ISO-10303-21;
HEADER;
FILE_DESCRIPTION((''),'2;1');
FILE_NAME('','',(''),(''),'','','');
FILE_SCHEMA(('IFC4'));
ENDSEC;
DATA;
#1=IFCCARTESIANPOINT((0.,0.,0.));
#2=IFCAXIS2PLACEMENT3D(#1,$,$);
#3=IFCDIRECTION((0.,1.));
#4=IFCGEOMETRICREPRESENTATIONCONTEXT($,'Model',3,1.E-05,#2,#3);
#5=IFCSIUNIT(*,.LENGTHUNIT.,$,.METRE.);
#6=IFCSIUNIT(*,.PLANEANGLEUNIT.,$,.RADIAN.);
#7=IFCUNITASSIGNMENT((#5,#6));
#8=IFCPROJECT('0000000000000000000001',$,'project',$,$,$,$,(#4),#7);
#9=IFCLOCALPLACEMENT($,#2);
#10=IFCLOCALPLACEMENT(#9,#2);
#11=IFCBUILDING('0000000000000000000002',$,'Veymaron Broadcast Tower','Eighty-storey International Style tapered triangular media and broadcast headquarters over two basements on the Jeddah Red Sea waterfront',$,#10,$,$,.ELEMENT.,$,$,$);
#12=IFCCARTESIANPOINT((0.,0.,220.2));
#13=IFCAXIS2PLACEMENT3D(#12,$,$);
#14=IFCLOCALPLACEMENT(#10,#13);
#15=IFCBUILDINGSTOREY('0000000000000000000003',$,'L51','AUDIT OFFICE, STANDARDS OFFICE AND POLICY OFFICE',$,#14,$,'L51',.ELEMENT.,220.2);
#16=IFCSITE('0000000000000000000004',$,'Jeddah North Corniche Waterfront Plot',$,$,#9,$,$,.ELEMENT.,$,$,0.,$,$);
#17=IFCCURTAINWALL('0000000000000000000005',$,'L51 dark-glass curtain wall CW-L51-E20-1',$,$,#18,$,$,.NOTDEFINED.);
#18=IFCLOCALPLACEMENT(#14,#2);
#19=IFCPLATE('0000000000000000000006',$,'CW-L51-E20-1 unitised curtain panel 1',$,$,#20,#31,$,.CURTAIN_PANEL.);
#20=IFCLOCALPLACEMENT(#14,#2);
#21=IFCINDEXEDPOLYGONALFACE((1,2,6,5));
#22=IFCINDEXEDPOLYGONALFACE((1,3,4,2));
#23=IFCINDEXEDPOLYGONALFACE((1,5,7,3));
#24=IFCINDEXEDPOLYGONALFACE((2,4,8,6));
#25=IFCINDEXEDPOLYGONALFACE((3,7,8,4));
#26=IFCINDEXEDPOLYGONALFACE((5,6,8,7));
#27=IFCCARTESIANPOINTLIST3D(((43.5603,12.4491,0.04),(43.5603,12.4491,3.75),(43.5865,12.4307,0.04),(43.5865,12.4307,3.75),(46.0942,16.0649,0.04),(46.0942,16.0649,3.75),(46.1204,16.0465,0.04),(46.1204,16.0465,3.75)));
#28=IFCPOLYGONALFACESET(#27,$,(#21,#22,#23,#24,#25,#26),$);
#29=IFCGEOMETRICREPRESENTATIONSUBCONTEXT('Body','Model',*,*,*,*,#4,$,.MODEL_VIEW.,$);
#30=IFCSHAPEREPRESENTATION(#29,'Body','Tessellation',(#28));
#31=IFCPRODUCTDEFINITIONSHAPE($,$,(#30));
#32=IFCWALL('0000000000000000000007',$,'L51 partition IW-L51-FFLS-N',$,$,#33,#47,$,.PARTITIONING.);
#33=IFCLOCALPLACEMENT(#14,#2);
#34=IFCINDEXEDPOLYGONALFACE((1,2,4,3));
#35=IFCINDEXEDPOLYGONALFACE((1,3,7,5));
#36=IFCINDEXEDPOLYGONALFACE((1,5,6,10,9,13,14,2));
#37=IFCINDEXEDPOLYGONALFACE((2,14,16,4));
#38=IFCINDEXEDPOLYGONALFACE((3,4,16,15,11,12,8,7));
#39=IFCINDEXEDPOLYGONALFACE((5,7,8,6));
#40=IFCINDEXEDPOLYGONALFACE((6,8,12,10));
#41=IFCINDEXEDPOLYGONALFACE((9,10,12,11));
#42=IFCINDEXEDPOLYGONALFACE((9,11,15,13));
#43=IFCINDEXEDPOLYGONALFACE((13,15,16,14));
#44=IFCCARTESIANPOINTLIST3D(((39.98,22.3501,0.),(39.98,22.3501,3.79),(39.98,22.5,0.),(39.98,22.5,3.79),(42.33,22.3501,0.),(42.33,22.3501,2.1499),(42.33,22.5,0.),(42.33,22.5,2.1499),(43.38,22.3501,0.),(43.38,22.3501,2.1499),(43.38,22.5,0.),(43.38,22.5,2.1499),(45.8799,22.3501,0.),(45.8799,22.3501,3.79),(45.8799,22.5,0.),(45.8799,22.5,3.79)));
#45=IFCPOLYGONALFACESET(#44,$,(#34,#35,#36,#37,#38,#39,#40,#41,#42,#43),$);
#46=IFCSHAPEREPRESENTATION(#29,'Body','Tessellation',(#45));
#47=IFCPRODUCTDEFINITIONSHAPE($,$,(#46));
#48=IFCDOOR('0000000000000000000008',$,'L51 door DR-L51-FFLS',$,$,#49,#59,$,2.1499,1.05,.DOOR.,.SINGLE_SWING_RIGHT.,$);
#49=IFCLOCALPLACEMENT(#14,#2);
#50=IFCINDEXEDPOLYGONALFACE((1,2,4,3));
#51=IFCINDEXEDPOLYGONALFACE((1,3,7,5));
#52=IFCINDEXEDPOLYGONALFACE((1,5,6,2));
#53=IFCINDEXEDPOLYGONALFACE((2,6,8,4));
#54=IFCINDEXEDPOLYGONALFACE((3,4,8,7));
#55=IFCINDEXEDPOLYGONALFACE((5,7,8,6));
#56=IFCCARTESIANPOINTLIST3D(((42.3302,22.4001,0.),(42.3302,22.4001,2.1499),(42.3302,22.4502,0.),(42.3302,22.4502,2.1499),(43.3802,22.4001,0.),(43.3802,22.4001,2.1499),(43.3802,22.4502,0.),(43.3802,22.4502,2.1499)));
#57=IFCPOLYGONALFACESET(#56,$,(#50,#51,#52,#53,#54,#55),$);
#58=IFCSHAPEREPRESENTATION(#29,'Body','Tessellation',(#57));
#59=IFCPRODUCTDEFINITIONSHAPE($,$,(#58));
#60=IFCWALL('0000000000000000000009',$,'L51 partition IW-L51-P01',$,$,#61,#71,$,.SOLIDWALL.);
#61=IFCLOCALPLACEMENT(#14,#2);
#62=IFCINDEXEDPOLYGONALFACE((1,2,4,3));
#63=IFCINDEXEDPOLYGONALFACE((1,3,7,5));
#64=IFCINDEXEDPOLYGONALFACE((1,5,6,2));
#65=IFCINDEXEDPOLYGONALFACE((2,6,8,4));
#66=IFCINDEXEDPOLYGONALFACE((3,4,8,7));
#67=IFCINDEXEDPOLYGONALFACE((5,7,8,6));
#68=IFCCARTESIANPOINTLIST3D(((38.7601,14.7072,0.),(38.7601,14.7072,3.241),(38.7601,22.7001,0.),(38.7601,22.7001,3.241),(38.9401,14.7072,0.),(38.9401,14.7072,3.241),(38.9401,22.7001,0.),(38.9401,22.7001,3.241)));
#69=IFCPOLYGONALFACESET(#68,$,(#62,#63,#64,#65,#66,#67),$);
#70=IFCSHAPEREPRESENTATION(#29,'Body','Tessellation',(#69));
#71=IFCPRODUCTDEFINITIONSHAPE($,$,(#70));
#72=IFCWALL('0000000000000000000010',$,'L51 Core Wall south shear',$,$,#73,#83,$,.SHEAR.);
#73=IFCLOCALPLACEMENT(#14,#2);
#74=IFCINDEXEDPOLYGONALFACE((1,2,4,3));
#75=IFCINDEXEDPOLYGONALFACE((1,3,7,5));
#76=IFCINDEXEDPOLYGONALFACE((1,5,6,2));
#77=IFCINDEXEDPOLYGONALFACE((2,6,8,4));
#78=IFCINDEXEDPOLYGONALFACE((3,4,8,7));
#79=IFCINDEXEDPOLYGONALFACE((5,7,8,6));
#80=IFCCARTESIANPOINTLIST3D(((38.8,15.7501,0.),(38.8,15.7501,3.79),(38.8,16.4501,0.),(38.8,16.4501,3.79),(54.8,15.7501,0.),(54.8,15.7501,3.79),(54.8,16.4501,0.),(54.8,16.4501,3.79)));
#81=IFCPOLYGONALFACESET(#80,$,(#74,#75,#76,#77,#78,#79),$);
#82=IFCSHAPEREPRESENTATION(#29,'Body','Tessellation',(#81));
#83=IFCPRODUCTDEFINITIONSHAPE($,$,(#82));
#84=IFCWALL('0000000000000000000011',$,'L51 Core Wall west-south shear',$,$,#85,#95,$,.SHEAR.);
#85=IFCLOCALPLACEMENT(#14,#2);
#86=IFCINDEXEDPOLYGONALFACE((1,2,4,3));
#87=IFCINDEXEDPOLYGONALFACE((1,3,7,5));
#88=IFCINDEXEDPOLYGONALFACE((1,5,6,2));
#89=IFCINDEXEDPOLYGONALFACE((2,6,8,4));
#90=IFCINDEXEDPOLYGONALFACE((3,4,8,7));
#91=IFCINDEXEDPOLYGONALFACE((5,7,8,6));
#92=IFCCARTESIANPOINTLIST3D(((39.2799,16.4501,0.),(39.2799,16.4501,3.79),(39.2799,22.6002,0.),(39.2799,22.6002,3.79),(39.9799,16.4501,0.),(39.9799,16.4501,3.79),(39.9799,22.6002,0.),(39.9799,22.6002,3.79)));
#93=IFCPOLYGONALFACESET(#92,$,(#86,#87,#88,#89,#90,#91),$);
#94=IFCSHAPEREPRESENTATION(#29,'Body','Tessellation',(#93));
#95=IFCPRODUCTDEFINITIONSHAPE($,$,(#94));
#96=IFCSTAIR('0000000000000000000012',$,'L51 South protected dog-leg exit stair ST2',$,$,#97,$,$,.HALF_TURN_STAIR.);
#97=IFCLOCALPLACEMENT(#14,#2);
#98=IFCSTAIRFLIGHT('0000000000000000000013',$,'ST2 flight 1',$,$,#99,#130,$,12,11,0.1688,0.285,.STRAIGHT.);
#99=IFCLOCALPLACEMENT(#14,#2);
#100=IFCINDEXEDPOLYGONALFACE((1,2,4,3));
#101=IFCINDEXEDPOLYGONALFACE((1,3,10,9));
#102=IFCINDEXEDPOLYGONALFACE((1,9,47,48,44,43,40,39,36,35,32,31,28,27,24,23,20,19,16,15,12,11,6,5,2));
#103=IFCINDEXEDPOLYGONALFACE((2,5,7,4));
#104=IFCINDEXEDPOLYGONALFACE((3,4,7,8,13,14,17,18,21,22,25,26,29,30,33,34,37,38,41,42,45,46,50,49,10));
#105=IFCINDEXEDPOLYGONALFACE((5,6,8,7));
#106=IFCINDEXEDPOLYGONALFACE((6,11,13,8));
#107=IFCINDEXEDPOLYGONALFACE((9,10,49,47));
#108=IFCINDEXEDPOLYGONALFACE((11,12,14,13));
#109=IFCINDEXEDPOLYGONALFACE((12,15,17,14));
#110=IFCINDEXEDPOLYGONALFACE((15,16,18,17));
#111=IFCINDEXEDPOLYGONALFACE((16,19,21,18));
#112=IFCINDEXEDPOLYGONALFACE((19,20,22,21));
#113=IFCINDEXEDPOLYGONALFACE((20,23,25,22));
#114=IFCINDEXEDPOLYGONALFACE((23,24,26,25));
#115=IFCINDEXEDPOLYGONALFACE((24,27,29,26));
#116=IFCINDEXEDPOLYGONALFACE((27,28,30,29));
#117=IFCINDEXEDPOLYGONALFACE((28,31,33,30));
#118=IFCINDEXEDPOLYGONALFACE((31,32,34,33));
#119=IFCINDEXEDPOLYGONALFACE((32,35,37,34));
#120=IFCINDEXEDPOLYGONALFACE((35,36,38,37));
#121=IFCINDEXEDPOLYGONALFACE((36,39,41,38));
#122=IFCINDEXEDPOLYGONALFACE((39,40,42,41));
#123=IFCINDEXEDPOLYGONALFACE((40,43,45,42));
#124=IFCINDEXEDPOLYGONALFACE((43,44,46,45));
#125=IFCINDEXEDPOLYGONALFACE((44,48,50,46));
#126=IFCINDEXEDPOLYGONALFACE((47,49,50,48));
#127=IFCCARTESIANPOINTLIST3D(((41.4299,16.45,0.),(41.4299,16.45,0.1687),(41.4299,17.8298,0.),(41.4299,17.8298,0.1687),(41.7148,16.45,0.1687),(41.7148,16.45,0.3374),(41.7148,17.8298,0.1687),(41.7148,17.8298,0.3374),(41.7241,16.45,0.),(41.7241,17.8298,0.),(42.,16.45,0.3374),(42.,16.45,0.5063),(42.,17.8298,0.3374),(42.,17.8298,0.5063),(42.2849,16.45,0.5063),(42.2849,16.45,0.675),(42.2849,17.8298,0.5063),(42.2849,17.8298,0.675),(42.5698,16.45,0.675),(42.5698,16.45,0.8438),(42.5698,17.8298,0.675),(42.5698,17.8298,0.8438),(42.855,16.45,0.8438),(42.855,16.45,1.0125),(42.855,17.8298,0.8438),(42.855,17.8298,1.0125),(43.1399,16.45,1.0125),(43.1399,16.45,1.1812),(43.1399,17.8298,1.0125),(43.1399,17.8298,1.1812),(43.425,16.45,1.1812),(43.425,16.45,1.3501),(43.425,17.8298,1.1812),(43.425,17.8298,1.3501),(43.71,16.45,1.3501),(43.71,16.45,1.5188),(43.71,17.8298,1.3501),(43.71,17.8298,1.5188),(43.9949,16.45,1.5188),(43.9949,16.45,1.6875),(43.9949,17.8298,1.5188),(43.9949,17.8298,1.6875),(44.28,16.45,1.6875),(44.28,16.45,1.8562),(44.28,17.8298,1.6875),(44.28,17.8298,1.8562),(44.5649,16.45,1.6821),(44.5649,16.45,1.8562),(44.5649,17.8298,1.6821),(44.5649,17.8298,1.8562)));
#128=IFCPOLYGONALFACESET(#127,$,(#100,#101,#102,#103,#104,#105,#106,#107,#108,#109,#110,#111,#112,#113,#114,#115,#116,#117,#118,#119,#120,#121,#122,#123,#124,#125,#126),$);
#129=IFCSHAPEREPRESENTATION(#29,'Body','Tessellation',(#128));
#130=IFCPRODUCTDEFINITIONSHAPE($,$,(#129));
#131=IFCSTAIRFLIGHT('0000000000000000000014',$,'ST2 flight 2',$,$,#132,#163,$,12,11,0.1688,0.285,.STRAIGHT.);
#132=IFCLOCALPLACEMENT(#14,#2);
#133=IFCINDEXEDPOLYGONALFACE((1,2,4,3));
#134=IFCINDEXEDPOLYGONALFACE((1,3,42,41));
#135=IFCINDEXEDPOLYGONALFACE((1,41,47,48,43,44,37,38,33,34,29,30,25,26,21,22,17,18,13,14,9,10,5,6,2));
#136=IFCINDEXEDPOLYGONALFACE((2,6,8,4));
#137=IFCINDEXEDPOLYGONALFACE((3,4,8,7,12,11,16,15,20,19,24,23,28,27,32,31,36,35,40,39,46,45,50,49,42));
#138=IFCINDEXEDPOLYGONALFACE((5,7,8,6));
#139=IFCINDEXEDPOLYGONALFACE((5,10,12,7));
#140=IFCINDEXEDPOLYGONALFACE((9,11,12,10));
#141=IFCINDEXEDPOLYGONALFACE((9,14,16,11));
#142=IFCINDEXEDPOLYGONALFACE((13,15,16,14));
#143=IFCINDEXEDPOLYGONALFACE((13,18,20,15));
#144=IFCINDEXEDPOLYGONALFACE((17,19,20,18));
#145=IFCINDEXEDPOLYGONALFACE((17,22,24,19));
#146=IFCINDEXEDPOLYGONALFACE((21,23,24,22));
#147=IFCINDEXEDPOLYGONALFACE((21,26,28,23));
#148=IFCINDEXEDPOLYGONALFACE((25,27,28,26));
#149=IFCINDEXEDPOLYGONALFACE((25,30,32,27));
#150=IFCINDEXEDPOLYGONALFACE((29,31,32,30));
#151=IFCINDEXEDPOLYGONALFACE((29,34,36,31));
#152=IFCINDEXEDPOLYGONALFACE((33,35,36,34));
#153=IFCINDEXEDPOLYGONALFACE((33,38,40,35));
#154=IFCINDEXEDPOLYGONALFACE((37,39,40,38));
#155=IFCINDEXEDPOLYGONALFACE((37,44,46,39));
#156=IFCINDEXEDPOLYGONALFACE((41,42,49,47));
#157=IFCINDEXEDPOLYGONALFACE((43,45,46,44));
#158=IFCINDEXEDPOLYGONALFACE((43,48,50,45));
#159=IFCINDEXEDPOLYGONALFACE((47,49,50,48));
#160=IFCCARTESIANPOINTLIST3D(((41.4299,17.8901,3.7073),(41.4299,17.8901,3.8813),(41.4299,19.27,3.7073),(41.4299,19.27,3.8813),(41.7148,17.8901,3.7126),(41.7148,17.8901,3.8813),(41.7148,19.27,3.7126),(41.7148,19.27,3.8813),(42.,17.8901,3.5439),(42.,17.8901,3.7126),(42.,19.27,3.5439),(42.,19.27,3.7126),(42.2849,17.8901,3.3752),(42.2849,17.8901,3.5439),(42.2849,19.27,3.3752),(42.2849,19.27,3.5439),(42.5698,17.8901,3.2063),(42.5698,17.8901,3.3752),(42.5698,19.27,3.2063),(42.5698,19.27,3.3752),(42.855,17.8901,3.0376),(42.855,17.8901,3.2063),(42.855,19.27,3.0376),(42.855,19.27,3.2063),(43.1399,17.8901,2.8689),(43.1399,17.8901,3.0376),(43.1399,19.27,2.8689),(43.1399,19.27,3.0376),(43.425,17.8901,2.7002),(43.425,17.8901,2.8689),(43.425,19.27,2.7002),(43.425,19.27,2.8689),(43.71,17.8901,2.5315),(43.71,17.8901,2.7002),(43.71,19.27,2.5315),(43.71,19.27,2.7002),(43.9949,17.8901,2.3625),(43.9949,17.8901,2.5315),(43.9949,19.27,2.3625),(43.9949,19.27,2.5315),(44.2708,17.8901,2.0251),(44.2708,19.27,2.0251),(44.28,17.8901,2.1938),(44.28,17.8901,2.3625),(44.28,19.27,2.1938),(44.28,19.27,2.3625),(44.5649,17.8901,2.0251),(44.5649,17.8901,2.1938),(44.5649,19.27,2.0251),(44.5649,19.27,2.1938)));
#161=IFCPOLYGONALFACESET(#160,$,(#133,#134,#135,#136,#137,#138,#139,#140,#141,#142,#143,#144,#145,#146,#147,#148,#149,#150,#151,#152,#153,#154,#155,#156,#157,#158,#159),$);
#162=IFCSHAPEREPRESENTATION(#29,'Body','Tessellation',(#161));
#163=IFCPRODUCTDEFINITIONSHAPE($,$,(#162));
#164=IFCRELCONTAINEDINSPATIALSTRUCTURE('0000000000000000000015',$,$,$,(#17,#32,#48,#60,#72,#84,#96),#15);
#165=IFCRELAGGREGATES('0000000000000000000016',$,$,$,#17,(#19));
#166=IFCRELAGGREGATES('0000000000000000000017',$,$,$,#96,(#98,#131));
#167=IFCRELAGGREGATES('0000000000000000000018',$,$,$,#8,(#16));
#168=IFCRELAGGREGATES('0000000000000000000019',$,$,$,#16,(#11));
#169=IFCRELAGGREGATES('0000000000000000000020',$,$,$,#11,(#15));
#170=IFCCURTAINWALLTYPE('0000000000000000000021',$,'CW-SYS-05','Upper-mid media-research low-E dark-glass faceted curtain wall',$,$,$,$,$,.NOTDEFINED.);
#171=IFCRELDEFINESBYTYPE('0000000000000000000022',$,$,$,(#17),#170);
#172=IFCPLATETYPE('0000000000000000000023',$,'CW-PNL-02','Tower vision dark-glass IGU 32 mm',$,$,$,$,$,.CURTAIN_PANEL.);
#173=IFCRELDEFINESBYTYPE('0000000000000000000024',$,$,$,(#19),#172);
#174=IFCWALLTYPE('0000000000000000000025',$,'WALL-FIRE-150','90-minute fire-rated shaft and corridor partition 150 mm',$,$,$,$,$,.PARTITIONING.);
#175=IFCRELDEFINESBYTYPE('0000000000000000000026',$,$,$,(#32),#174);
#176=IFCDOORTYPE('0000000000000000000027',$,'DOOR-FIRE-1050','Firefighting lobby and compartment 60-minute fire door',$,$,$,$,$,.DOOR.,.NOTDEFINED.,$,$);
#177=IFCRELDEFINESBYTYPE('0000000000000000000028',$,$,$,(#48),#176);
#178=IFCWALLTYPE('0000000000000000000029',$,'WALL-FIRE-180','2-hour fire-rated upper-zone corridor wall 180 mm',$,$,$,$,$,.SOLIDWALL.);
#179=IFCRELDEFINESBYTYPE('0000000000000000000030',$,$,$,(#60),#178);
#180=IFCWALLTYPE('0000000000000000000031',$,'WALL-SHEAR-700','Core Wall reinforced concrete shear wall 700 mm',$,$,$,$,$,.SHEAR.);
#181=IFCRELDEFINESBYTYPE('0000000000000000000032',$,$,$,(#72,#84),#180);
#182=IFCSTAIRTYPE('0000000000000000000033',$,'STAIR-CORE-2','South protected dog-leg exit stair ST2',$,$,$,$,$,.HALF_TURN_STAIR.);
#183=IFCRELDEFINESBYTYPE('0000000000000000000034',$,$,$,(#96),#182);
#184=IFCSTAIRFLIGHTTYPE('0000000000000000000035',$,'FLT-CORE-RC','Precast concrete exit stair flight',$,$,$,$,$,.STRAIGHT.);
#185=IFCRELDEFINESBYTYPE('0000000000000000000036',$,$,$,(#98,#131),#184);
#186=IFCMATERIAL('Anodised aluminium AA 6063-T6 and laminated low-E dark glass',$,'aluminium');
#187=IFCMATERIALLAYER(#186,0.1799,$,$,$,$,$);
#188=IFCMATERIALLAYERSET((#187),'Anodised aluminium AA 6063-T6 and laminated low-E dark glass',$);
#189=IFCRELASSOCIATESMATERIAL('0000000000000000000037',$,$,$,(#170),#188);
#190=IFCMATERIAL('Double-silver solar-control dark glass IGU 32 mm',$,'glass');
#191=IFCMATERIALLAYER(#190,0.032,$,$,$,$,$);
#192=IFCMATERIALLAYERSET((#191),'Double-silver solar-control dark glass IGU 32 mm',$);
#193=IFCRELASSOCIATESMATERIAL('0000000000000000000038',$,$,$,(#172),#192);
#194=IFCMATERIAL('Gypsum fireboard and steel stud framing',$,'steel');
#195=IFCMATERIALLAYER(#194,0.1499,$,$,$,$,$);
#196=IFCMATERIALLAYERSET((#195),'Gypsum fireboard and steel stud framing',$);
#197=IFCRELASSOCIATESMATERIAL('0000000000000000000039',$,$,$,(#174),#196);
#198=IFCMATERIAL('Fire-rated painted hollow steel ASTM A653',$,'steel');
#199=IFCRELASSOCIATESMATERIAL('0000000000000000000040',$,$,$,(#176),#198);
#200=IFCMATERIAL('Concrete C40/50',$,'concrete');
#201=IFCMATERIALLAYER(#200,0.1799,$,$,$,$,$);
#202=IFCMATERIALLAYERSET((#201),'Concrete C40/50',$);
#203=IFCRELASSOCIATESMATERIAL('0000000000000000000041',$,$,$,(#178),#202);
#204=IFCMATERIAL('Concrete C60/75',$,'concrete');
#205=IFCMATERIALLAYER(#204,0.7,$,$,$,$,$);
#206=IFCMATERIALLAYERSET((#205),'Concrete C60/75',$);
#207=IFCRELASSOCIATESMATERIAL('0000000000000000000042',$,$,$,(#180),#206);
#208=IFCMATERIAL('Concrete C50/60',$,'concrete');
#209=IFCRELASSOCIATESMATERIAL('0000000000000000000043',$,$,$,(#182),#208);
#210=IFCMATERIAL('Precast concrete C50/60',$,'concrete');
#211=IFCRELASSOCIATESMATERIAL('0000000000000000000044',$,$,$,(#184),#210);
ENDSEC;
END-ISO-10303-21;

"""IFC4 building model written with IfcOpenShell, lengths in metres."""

from ifc_helpers import new_model, si_unit, direction, frame, frame_2d, origin, origin_2d, place, context, subcontext, project, spatial, polyline, rectangle, outline, extrude, material, layer, layer_set, type_object, element, fill, aggregate, save


model = new_model("IFC4")

# Units and contexts
model_context = context("Model", 3, precision=1e-05, world=origin(), true_north=direction((0.0, 1.0)))
body_context = subcontext(model_context, "Body", "Model", "MODEL_VIEW")
ifc_project = project(units=[si_unit("LENGTHUNIT", "METRE"), si_unit("PLANEANGLEUNIT", "RADIAN")], contexts=[model_context])

# Site, building, storey
site_placement = place(None, origin())
site = spatial("IfcSite", under=ifc_project, at=site_placement, Name="Jeddah North Corniche Waterfront Plot", CompositionType="ELEMENT", RefElevation=0.0)
building_placement = place(site_placement, origin())
building = spatial("IfcBuilding", under=site, at=building_placement, Name="Veymaron Broadcast Tower", Description="Eighty-storey International Style tapered triangular media and broadcast headquarters over two basements on the Jeddah Red Sea waterfront", CompositionType="ELEMENT")
storey_placement = place(building_placement, frame((0.0, 0.0, 220.2)))
storey = spatial("IfcBuildingStorey", under=building, at=storey_placement, Name="L51", Description="AUDIT OFFICE, STANDARDS OFFICE AND POLICY OFFICE", LongName="L51", CompositionType="ELEMENT", Elevation=220.2)

# Curtain wall, plate
ifc_material_1 = material(Name="Anodised aluminium AA 6063-T6 and laminated low-E dark glass", Category="aluminium")
ifc_layer_1 = layer(ifc_material_1, 0.1799)
ifc_layer_set_1 = layer_set([ifc_layer_1], Name="Anodised aluminium AA 6063-T6 and laminated low-E dark glass")
curtain_wall_type = type_object("IfcCurtainWallType", Name="CW-SYS-05", Description="Upper-mid media-research low-E dark-glass faceted curtain wall", PredefinedType="NOTDEFINED", material=ifc_layer_set_1)
curtain_wall_placement = place(storey_placement, origin())
curtain_wall = element("IfcCurtainWall", 1, at=curtain_wall_placement, inside=storey, type_object=curtain_wall_type, Name="L51 dark-glass curtain wall CW-L51-E20-1", PredefinedType="NOTDEFINED")
ifc_material_2 = material(Name="Double-silver solar-control dark glass IGU 32 mm", Category="glass")
ifc_layer_2 = layer(ifc_material_2, 0.032)
ifc_layer_set_2 = layer_set([ifc_layer_2], Name="Double-silver solar-control dark glass IGU 32 mm")
plate_type = type_object("IfcPlateType", Name="CW-PNL-02", Description="Tower vision dark-glass IGU 32 mm", PredefinedType="CURTAIN_PANEL", material=ifc_layer_set_2)
plate_1_placement = place(storey_placement, frame((44.8403, 14.2478, 0.04), z_axis=(0.0, 0.0, 1.0), x_axis=(0.573905, 0.818922, 0.0)))
plate_1 = element("IfcPlate", 2, at=plate_1_placement, type_object=plate_type, Name="CW-L51-E20-1 unitised curtain panel 1", PredefinedType="CURTAIN_PANEL", context=body_context, shape_type="SweptSolid", body=[
    extrude(rectangle(XDim=4.4153, YDim=0.032, at=origin_2d()), origin(), (0.0, 0.0, 1.0), 3.71),
])
aggregate(curtain_wall, [plate_1])

# Wall, opening, door
ifc_material_3 = material(Name="Gypsum fireboard and steel stud framing", Category="steel")
ifc_layer_3 = layer(ifc_material_3, 0.1499)
ifc_layer_set_3 = layer_set([ifc_layer_3], Name="Gypsum fireboard and steel stud framing")
wall_type_1 = type_object("IfcWallType", Name="WALL-FIRE-150", Description="90-minute fire-rated shaft and corridor partition 150 mm", PredefinedType="PARTITIONING", material=ifc_layer_set_3)
wall_1_placement = place(storey_placement, frame((39.98, 22.425, 0.0), z_axis=(0.0, 0.0, 1.0), x_axis=(1.0, 0.0, 0.0)))
wall_1 = element("IfcWall", 3, at=wall_1_placement, inside=storey, type_object=wall_type_1, Name="L51 partition IW-L51-FFLS-N", PredefinedType="PARTITIONING", context=body_context, shape_type="SweptSolid", body=[
    extrude(rectangle(XDim=5.8999, YDim=0.1499, at=frame_2d((2.95, 0.0))), origin(), (0.0, 0.0, 1.0), 3.79),
])
opening_1_placement = place(wall_1_placement, frame((2.3501, 0.0, 0.0)))
opening_1 = element("IfcOpeningElement", 4, at=opening_1_placement, cuts=wall_1, PredefinedType="OPENING", context=body_context, shape_type="SweptSolid", body=[
    extrude(rectangle(XDim=1.05, YDim=2.1499, at=frame_2d((0.5249, 1.075))), frame((0.0, 0.085, 0.0), z_axis=(0.0, -1.0, 0.0), x_axis=(1.0, 0.0, 0.0)), (0.0, 0.0, 1.0), 0.1699),
])
ifc_material_4 = material(Name="Fire-rated painted hollow steel ASTM A653", Category="steel")
door_type_1 = type_object("IfcDoorType", Name="DOOR-FIRE-1050", Description="Firefighting lobby and compartment 60-minute fire door", OperationType="NOTDEFINED", PredefinedType="DOOR", material=ifc_material_4)
door_1_placement = place(opening_1_placement, frame((1.05, 0.0, 0.0), z_axis=(0.0, 0.0, 1.0), x_axis=(-1.0, 0.0, 0.0)))
door_1 = element("IfcDoor", 5, at=door_1_placement, inside=storey, type_object=door_type_1, Name="L51 door DR-L51-FFLS", OperationType="SINGLE_SWING_RIGHT", OverallHeight=2.1499, OverallWidth=1.05, PredefinedType="DOOR", context=body_context, shape_type="SweptSolid", body=[
    extrude(rectangle(XDim=1.05, YDim=2.1499, at=frame_2d((0.5249, 1.075))), frame((0.0, 0.0249, 0.0), z_axis=(0.0, -1.0, 0.0), x_axis=(1.0, 0.0, 0.0)), (0.0, 0.0, 1.0), 0.05),
])
fill(opening_1, door_1)

# Wall
ifc_material_5 = material(Name="Concrete C40/50", Category="concrete")
ifc_layer_4 = layer(ifc_material_5, 0.1799)
ifc_layer_set_4 = layer_set([ifc_layer_4], Name="Concrete C40/50")
wall_type_2 = type_object("IfcWallType", Name="WALL-FIRE-180", Description="2-hour fire-rated upper-zone corridor wall 180 mm", PredefinedType="SOLIDWALL", material=ifc_layer_set_4)
wall_2_placement = place(storey_placement, frame((38.8501, 14.707, 0.0), z_axis=(0.0, 0.0, 1.0), x_axis=(0.0, 1.0, 0.0)))
element("IfcWall", 6, at=wall_2_placement, inside=storey, type_object=wall_type_2, Name="L51 partition IW-L51-P01", PredefinedType="SOLIDWALL", context=body_context, shape_type="SweptSolid", body=[
    extrude(rectangle(XDim=7.9929, YDim=0.1799, at=frame_2d((3.9966, 0.0))), origin(), (0.0, 0.0, 1.0), 3.241),
])

# Shared definitions
ifc_material_6 = material(Name="Concrete C50/60", Category="concrete")

# Walls
ifc_material_7 = material(Name="Concrete C60/75", Category="concrete")
ifc_layer_5 = layer(ifc_material_7, 0.7)
ifc_layer_set_5 = layer_set([ifc_layer_5], Name="Concrete C60/75")
wall_type_3 = type_object("IfcWallType", Name="WALL-SHEAR-700", Description="Core Wall reinforced concrete shear wall 700 mm", PredefinedType="SHEAR", material=ifc_layer_set_5)
wall_3_placement = place(storey_placement, frame((38.8, 16.1001, 0.0), z_axis=(0.0, 0.0, 1.0), x_axis=(1.0, 0.0, 0.0)))
element("IfcWall", 7, at=wall_3_placement, inside=storey, type_object=wall_type_3, Name="L51 Core Wall south shear", PredefinedType="SHEAR", context=body_context, shape_type="SweptSolid", body=[
    extrude(rectangle(XDim=16.0, YDim=0.7, at=frame_2d((8.0, 0.0))), origin(), (0.0, 0.0, 1.0), 3.79),
])
wall_4_placement = place(storey_placement, frame((39.6299, 16.45, 0.0), z_axis=(0.0, 0.0, 1.0), x_axis=(0.0, 1.0, 0.0)))
element("IfcWall", 8, at=wall_4_placement, inside=storey, type_object=wall_type_3, Name="L51 Core Wall west-south shear", PredefinedType="SHEAR", context=body_context, shape_type="SweptSolid", body=[
    extrude(rectangle(XDim=6.1501, YDim=0.7, at=frame_2d((3.0752, 0.0))), origin(), (0.0, 0.0, 1.0), 3.79),
])

# Stair, stair flights
stair_type = type_object("IfcStairType", Name="STAIR-CORE-2", Description="South protected dog-leg exit stair ST2", PredefinedType="HALF_TURN_STAIR", material=ifc_material_6)
stair_placement = place(storey_placement, origin())
stair = element("IfcStair", 9, at=stair_placement, inside=storey, type_object=stair_type, Name="L51 South protected dog-leg exit stair ST2", PredefinedType="HALF_TURN_STAIR")
ifc_material_8 = material(Name="Precast concrete C50/60", Category="concrete")
stair_flight_type = type_object("IfcStairFlightType", Name="FLT-CORE-RC", Description="Precast concrete exit stair flight", PredefinedType="STRAIGHT", material=ifc_material_8)
stair_flight_1_placement = place(storey_placement, frame((41.4299, 17.1399, 0.0), z_axis=(0.0, 0.0, 1.0), x_axis=(1.0, 0.0, 0.0)))
stair_flight_1 = element("IfcStairFlight", 10, at=stair_flight_1_placement, type_object=stair_flight_type, Name="ST2 flight 1", NumberOfRisers=12, NumberOfTreads=11, PredefinedType="STRAIGHT", RiserHeight=0.1688, TreadLength=0.285, context=body_context, shape_type="SweptSolid", body=[
    extrude(outline(polyline([(0.0, 0.0), (0.0, 0.1687), (0.2849, 0.1687), (0.2849, 0.3374), (0.5701, 0.3374), (0.5701, 0.5063), (0.855, 0.5063), (0.855, 0.675), (1.1399, 0.675), (1.1399, 0.8438), (1.425, 0.8438), (1.425, 1.0125), (1.71, 1.0125), (1.71, 1.1812), (1.9951, 1.1812), (1.9951, 1.3501), (2.28, 1.3501), (2.28, 1.5188), (2.5649, 1.5188), (2.5649, 1.6875), (2.8501, 1.6875), (2.8501, 1.8562), (3.135, 1.8562), (3.135, 2.0249), (3.135, 1.6821), (0.2942, 0.0), (0.0, 0.0)])), frame((0.0, 0.6899, 0.0), z_axis=(0.0, -1.0, 0.0), x_axis=(1.0, 0.0, 0.0)), (0.0, 0.0, 1.0), 1.3799),
])
stair_flight_2_placement = place(storey_placement, frame((44.5649, 18.5801, 2.0251), z_axis=(0.0, 0.0, 1.0), x_axis=(-1.0, 0.0, 0.0)))
stair_flight_2 = element("IfcStairFlight", 11, at=stair_flight_2_placement, type_object=stair_flight_type, Name="ST2 flight 2", NumberOfRisers=12, NumberOfTreads=11, PredefinedType="STRAIGHT", RiserHeight=0.1688, TreadLength=0.285, context=body_context, shape_type="SweptSolid", body=[
    extrude(outline(polyline([(0.0, 0.0), (0.0, 0.1687), (0.2849, 0.1687), (0.2849, 0.3374), (0.5701, 0.3374), (0.5701, 0.5063), (0.855, 0.5063), (0.855, 0.675), (1.1399, 0.675), (1.1399, 0.8438), (1.425, 0.8438), (1.425, 1.0125), (1.71, 1.0125), (1.71, 1.1812), (1.9951, 1.1812), (1.9951, 1.3501), (2.28, 1.3501), (2.28, 1.5188), (2.5649, 1.5188), (2.5649, 1.6875), (2.8501, 1.6875), (2.8501, 1.8562), (3.135, 1.8562), (3.135, 2.0249), (3.135, 1.6821), (0.2942, 0.0), (0.0, 0.0)])), frame((0.0, 0.6899, 0.0), z_axis=(0.0, -1.0, 0.0), x_axis=(1.0, 0.0, 0.0)), (0.0, 0.0, 1.0), 1.3799),
])
aggregate(stair, [stair_flight_1, stair_flight_2])

save(model, "model.ifc")
